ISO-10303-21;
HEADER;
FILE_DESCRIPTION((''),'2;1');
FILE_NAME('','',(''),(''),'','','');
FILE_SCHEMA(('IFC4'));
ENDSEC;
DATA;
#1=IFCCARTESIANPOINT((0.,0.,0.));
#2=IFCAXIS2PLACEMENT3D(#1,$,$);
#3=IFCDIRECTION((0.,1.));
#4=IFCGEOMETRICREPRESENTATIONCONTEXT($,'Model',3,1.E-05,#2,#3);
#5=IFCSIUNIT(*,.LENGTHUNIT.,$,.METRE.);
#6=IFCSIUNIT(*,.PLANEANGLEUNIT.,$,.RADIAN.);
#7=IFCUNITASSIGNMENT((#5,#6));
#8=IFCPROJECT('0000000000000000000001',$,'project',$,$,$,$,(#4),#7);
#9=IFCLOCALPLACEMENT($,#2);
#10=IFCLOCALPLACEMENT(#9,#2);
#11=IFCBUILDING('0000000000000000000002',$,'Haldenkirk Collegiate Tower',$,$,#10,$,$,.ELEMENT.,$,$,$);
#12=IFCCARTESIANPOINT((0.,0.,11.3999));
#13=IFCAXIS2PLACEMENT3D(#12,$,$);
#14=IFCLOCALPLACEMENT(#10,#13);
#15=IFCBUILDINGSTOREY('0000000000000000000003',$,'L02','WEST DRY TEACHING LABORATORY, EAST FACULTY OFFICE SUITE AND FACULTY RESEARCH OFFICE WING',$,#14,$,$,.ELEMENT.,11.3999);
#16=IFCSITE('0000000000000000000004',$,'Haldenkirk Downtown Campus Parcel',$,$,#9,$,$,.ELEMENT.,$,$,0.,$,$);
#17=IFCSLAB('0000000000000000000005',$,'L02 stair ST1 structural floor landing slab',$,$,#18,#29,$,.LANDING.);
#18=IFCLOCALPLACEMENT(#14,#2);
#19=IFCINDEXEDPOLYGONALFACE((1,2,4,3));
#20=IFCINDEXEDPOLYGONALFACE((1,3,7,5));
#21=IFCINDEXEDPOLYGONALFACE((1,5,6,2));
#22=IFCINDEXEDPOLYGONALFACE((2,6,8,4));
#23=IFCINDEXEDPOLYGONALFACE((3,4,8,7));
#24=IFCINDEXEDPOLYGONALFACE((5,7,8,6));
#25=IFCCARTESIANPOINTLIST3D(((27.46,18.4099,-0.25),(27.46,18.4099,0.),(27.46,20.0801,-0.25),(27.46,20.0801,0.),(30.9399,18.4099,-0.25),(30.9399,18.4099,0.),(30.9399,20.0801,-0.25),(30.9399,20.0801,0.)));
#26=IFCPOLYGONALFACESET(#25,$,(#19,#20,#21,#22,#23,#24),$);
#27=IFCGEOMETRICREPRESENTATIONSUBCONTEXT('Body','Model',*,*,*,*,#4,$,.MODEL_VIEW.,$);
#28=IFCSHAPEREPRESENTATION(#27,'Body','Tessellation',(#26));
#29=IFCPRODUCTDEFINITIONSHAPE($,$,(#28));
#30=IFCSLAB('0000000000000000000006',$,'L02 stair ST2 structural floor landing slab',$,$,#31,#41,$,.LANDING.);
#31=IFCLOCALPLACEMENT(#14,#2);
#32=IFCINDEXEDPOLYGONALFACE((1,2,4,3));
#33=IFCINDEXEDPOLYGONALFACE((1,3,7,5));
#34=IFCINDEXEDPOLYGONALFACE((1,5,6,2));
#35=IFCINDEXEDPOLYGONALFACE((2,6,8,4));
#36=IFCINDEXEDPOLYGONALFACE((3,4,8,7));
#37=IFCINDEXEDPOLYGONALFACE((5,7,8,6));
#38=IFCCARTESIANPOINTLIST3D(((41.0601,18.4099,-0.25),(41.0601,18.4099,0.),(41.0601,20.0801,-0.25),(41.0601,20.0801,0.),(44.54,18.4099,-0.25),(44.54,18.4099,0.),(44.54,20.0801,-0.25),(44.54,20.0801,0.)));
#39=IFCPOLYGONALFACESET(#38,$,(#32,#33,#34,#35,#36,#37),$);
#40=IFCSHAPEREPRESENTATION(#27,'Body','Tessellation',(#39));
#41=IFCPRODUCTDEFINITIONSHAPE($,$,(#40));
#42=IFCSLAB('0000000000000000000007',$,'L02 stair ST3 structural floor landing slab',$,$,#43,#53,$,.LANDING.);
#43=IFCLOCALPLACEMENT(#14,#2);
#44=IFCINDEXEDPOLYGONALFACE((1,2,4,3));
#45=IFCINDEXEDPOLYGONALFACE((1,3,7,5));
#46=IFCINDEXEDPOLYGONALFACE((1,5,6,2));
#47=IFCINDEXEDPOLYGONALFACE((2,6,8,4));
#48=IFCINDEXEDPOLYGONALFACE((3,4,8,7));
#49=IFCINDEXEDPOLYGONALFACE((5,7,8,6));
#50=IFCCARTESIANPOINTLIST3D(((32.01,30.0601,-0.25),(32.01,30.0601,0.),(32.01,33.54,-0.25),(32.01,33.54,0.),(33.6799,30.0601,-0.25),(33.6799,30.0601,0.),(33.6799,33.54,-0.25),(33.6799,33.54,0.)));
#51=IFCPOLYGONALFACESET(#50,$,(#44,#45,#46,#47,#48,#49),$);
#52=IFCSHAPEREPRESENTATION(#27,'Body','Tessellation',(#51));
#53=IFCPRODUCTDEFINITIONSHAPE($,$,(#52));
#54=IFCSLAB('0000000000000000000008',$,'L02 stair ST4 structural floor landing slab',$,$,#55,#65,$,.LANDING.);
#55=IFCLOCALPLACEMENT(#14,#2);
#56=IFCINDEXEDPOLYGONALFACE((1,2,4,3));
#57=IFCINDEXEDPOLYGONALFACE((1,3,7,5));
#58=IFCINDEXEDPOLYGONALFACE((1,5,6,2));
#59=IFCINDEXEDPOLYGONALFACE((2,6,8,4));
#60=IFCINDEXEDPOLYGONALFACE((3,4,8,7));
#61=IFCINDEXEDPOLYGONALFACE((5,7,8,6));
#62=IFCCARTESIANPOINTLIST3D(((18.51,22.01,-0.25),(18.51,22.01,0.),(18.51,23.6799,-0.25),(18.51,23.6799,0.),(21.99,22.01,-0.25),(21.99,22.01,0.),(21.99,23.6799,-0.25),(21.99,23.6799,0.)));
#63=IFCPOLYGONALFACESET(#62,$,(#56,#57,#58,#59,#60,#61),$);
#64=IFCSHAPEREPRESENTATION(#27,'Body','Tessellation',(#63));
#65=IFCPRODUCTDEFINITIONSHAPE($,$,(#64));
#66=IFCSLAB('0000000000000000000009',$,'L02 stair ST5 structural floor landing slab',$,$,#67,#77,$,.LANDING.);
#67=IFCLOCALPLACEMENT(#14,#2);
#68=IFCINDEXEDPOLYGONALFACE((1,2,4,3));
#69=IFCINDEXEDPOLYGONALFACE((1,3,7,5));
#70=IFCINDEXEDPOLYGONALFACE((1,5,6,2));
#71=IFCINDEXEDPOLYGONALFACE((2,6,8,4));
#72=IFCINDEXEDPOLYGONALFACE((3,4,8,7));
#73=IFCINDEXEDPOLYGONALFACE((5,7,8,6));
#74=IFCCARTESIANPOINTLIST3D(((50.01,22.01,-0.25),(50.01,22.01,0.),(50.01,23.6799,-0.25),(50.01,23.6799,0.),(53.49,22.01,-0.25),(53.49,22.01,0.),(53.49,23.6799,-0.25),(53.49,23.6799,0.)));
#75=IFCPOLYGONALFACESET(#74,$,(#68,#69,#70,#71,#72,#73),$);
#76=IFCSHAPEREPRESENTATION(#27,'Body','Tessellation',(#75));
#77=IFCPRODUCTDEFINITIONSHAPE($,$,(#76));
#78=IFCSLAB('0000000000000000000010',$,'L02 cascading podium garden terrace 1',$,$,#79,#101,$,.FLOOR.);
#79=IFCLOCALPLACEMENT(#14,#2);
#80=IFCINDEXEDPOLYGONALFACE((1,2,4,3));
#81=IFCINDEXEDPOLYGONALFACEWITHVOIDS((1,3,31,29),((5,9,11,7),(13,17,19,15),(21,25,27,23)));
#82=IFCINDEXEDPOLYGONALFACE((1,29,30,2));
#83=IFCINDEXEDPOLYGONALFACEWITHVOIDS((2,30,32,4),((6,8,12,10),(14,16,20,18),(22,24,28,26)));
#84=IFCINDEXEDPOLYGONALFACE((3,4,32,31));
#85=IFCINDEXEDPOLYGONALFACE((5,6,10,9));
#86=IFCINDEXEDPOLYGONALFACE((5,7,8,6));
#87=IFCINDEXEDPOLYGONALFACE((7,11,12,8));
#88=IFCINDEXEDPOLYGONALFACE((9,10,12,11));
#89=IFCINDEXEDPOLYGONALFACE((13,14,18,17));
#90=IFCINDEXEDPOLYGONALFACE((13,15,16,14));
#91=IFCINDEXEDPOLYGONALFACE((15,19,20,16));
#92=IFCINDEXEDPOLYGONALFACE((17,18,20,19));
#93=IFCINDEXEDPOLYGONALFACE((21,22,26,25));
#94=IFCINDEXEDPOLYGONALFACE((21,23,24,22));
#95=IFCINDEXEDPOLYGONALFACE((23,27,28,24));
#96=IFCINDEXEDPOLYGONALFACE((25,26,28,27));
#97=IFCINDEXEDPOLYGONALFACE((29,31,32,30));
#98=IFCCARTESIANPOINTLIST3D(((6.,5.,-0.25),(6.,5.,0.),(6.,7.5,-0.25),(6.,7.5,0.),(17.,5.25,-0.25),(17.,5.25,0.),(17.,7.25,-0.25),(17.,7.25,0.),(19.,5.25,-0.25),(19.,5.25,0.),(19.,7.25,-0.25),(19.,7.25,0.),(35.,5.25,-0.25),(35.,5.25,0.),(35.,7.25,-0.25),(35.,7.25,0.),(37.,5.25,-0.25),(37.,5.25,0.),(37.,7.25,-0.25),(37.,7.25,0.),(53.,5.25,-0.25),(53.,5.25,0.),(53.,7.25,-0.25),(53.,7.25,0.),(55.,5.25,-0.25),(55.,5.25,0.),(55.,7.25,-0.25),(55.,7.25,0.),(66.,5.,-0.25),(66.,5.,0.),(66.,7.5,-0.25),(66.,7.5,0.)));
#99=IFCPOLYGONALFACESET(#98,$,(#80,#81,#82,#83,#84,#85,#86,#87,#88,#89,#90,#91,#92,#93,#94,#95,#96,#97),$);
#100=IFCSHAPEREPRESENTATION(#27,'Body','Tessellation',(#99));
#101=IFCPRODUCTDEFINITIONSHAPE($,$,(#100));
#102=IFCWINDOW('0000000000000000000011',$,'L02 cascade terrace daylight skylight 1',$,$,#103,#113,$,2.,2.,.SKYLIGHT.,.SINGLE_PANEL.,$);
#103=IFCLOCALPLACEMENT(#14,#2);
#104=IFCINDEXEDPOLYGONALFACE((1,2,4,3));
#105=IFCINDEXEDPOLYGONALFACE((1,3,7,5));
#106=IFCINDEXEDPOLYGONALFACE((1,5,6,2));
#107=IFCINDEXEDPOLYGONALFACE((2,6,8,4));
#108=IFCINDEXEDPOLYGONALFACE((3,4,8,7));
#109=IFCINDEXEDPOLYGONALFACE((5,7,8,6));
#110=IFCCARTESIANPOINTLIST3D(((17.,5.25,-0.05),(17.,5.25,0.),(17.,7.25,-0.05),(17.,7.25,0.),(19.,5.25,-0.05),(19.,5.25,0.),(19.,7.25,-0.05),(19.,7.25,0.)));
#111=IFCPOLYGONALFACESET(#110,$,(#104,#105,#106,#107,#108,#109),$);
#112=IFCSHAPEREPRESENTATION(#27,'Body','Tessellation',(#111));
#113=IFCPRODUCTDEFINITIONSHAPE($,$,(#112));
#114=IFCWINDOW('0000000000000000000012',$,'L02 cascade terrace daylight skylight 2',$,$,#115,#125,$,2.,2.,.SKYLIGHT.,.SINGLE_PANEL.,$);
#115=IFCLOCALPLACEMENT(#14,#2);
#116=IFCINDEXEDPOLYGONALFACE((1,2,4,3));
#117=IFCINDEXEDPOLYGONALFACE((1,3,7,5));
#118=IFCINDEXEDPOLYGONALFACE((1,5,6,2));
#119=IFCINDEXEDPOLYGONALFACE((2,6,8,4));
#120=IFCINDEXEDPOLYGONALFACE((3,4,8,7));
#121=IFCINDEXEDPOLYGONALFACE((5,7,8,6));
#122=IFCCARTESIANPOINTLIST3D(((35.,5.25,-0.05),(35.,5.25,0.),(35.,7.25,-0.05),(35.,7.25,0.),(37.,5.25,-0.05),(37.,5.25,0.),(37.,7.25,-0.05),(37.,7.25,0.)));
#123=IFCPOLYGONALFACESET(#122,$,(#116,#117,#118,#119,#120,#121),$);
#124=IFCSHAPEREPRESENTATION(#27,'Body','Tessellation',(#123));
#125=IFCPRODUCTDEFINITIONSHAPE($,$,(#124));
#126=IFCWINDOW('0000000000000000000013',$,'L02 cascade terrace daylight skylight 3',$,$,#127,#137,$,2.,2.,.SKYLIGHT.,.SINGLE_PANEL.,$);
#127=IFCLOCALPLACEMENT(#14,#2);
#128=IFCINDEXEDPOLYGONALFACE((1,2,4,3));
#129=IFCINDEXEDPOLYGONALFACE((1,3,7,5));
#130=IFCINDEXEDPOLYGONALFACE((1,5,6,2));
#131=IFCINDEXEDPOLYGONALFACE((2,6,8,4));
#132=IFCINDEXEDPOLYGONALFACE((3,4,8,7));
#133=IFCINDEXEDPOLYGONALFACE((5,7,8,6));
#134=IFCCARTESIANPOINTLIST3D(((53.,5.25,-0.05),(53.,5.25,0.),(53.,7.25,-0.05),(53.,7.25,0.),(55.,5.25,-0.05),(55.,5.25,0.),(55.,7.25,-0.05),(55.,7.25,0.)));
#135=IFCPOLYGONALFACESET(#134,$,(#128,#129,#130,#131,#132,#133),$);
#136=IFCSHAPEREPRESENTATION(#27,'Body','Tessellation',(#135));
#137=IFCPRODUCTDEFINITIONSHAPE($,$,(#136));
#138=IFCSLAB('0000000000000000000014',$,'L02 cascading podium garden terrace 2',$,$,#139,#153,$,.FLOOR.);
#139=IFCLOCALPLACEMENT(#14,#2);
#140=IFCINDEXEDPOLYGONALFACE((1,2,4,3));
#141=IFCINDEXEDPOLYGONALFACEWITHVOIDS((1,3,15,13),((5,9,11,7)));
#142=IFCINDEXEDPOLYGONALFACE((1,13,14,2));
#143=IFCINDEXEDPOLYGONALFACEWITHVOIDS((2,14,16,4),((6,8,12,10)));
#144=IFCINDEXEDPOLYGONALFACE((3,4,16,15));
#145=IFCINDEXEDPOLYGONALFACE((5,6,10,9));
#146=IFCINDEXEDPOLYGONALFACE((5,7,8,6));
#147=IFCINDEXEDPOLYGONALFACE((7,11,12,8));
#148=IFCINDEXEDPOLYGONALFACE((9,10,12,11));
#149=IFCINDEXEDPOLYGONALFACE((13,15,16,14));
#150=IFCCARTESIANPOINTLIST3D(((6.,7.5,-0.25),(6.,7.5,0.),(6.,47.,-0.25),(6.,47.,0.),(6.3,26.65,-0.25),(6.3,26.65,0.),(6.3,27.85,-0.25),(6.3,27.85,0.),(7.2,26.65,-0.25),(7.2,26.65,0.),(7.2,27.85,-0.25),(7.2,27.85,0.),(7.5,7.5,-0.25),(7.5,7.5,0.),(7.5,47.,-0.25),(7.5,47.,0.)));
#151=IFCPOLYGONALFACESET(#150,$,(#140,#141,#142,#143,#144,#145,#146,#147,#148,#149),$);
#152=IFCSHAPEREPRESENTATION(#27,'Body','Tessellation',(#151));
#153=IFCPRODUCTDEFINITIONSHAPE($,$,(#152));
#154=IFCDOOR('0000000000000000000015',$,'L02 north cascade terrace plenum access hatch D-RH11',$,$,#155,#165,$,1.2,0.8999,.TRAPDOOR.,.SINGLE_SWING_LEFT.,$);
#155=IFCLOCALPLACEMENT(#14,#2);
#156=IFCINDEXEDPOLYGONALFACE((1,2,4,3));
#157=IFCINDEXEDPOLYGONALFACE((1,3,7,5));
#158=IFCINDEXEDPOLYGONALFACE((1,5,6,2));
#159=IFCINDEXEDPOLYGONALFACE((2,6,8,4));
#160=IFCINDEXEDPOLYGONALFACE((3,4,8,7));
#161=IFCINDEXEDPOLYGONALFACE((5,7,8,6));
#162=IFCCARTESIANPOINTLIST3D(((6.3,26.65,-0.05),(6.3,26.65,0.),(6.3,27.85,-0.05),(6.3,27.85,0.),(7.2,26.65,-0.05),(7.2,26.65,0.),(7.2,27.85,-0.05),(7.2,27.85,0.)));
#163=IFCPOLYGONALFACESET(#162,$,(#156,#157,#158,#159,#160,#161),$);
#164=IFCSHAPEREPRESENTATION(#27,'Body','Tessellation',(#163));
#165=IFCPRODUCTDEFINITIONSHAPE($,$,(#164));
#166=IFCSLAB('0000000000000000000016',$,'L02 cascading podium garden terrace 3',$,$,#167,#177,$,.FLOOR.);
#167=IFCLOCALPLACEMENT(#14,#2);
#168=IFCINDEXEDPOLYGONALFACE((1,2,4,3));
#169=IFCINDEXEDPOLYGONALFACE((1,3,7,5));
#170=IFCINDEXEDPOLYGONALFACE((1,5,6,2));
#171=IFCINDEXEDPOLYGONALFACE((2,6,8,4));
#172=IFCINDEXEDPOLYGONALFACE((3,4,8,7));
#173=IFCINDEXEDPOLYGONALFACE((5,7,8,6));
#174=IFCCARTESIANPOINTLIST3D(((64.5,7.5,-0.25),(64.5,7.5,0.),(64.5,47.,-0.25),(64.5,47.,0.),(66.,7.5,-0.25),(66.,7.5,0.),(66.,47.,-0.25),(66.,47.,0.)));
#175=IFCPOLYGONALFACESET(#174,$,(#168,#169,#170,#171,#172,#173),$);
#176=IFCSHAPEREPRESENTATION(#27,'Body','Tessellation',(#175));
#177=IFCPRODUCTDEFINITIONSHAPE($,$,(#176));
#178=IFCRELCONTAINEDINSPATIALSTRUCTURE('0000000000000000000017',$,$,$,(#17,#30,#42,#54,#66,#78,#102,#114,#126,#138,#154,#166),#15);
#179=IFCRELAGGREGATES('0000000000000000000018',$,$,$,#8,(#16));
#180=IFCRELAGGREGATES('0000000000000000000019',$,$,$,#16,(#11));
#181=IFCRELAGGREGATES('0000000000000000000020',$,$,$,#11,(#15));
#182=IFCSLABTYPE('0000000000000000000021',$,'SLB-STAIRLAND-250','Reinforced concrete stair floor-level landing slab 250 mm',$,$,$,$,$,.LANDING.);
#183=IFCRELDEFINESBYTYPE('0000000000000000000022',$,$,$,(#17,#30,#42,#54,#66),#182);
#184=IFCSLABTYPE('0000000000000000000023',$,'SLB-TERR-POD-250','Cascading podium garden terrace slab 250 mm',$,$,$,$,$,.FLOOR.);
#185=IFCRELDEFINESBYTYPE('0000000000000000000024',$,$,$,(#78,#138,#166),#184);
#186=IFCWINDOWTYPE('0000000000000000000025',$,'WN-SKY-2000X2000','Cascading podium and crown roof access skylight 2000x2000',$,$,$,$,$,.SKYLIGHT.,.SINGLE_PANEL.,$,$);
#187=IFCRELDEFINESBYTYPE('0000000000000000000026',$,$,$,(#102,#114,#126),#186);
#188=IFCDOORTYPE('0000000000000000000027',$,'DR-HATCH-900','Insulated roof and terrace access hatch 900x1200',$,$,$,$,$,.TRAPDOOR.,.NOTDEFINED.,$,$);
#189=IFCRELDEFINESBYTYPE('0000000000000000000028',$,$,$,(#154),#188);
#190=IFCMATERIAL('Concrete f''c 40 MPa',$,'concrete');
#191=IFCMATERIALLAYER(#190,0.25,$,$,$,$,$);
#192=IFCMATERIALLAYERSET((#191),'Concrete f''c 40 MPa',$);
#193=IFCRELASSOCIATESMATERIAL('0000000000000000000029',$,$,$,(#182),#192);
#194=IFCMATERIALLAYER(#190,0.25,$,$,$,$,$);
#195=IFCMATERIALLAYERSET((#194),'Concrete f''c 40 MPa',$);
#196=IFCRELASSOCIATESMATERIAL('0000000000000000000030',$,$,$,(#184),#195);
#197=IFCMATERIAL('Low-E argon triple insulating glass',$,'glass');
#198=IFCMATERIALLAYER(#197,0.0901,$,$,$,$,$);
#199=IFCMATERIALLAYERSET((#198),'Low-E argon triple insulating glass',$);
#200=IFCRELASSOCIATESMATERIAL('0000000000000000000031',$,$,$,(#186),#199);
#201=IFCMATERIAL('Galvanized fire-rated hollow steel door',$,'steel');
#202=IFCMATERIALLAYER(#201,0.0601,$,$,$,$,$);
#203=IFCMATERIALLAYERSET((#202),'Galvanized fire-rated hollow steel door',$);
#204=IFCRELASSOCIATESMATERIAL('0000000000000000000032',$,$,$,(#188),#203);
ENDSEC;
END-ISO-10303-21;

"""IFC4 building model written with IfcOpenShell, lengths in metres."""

from ifc_helpers import new_model, si_unit, direction, frame, origin, origin_2d, place, context, subcontext, project, spatial, polyline, rectangle, outline, extrude, material, layer, layer_set, type_object, element, fill, save


model = new_model("IFC4")

# Units and contexts
model_context = context("Model", 3, precision=1e-05, world=origin(), true_north=direction((0.0, 1.0)))
body_context = subcontext(model_context, "Body", "Model", "MODEL_VIEW")
ifc_project = project(units=[si_unit("LENGTHUNIT", "METRE"), si_unit("PLANEANGLEUNIT", "RADIAN")], contexts=[model_context])

# Site, building, storey
site_placement = place(None, origin())
site = spatial("IfcSite", under=ifc_project, at=site_placement, Name="Haldenkirk Downtown Campus Parcel", CompositionType="ELEMENT", RefElevation=0.0)
building_placement = place(site_placement, origin())
building = spatial("IfcBuilding", under=site, at=building_placement, Name="Haldenkirk Collegiate Tower", CompositionType="ELEMENT")
storey_placement = place(building_placement, frame((0.0, 0.0, 11.3999)))
storey = spatial("IfcBuildingStorey", under=building, at=storey_placement, Name="L02", Description="WEST DRY TEACHING LABORATORY, EAST FACULTY OFFICE SUITE AND FACULTY RESEARCH OFFICE WING", CompositionType="ELEMENT", Elevation=11.3999)

# Shared definitions
ifc_material_1 = material(Name="Concrete f'c 40 MPa", Category="concrete")

# Slabs
ifc_layer_1 = layer(ifc_material_1, 0.25)
ifc_layer_set_1 = layer_set([ifc_layer_1], Name="Concrete f'c 40 MPa")
slab_type_1 = type_object("IfcSlabType", Name="SLB-STAIRLAND-250", Description="Reinforced concrete stair floor-level landing slab 250 mm", PredefinedType="LANDING", material=ifc_layer_set_1)
slab_1_placement = place(storey_placement, frame((0.0, 0.0, -0.25)))
element("IfcSlab", 1, at=slab_1_placement, inside=storey, type_object=slab_type_1, Name="L02 stair ST1 structural floor landing slab", PredefinedType="LANDING", context=body_context, shape_type="SweptSolid", body=[
    extrude(outline(polyline([(27.46, 18.4099), (30.9399, 18.4099), (30.9399, 20.0801), (27.46, 20.0801), (27.46, 18.4099)])), origin(), (0.0, 0.0, 1.0), 0.25),
])
slab_2_placement = place(storey_placement, frame((0.0, 0.0, -0.25)))
element("IfcSlab", 2, at=slab_2_placement, inside=storey, type_object=slab_type_1, Name="L02 stair ST2 structural floor landing slab", PredefinedType="LANDING", context=body_context, shape_type="SweptSolid", body=[
    extrude(outline(polyline([(41.0601, 18.4099), (44.54, 18.4099), (44.54, 20.0801), (41.0601, 20.0801), (41.0601, 18.4099)])), origin(), (0.0, 0.0, 1.0), 0.25),
])
slab_3_placement = place(storey_placement, frame((0.0, 0.0, -0.25)))
element("IfcSlab", 3, at=slab_3_placement, inside=storey, type_object=slab_type_1, Name="L02 stair ST3 structural floor landing slab", PredefinedType="LANDING", context=body_context, shape_type="SweptSolid", body=[
    extrude(outline(polyline([(32.01, 30.0601), (33.6799, 30.0601), (33.6799, 33.54), (32.01, 33.54), (32.01, 30.0601)])), origin(), (0.0, 0.0, 1.0), 0.25),
])
slab_4_placement = place(storey_placement, frame((0.0, 0.0, -0.25)))
element("IfcSlab", 4, at=slab_4_placement, inside=storey, type_object=slab_type_1, Name="L02 stair ST4 structural floor landing slab", PredefinedType="LANDING", context=body_context, shape_type="SweptSolid", body=[
    extrude(outline(polyline([(18.51, 22.01), (21.99, 22.01), (21.99, 23.6799), (18.51, 23.6799), (18.51, 22.01)])), origin(), (0.0, 0.0, 1.0), 0.25),
])
slab_5_placement = place(storey_placement, frame((0.0, 0.0, -0.25)))
element("IfcSlab", 5, at=slab_5_placement, inside=storey, type_object=slab_type_1, Name="L02 stair ST5 structural floor landing slab", PredefinedType="LANDING", context=body_context, shape_type="SweptSolid", body=[
    extrude(outline(polyline([(50.01, 22.01), (53.49, 22.01), (53.49, 23.6799), (50.01, 23.6799), (50.01, 22.01)])), origin(), (0.0, 0.0, 1.0), 0.25),
])

# Slab, openings, windows
ifc_layer_2 = layer(ifc_material_1, 0.25)
ifc_layer_set_2 = layer_set([ifc_layer_2], Name="Concrete f'c 40 MPa")
slab_type_2 = type_object("IfcSlabType", Name="SLB-TERR-POD-250", Description="Cascading podium garden terrace slab 250 mm", PredefinedType="FLOOR", material=ifc_layer_set_2)
slab_6_placement = place(storey_placement, frame((0.0, 0.0, -0.25)))
slab_6 = element("IfcSlab", 6, at=slab_6_placement, inside=storey, type_object=slab_type_2, Name="L02 cascading podium garden terrace 1", PredefinedType="FLOOR", context=body_context, shape_type="SweptSolid", body=[
    extrude(outline(polyline([(6.0, 5.0), (66.0, 5.0), (66.0, 7.5), (6.0, 7.5), (6.0, 5.0)])), origin(), (0.0, 0.0, 1.0), 0.25),
])
opening_1_placement = place(slab_6_placement, frame((18.0, 6.25, -0.01)))
opening_1 = element("IfcOpeningElement", 7, at=opening_1_placement, cuts=slab_6, PredefinedType="OPENING", context=body_context, shape_type="SweptSolid", body=[
    extrude(rectangle(XDim=2.0, YDim=2.0, at=origin_2d()), origin(), (0.0, 0.0, 1.0), 0.27),
])
opening_2_placement = place(slab_6_placement, frame((36.0, 6.25, -0.01)))
opening_2 = element("IfcOpeningElement", 8, at=opening_2_placement, cuts=slab_6, PredefinedType="OPENING", context=body_context, shape_type="SweptSolid", body=[
    extrude(rectangle(XDim=2.0, YDim=2.0, at=origin_2d()), origin(), (0.0, 0.0, 1.0), 0.27),
])
opening_3_placement = place(slab_6_placement, frame((54.0, 6.25, -0.01)))
opening_3 = element("IfcOpeningElement", 9, at=opening_3_placement, cuts=slab_6, PredefinedType="OPENING", context=body_context, shape_type="SweptSolid", body=[
    extrude(rectangle(XDim=2.0, YDim=2.0, at=origin_2d()), origin(), (0.0, 0.0, 1.0), 0.27),
])
ifc_material_2 = material(Name="Low-E argon triple insulating glass", Category="glass")
ifc_layer_3 = layer(ifc_material_2, 0.0901)
ifc_layer_set_3 = layer_set([ifc_layer_3], Name="Low-E argon triple insulating glass")
window_type = type_object("IfcWindowType", Name="WN-SKY-2000X2000", Description="Cascading podium and crown roof access skylight 2000x2000", PartitioningType="SINGLE_PANEL", PredefinedType="SKYLIGHT", material=ifc_layer_set_3)
window_1_placement = place(slab_6_placement, frame((18.0, 6.25, 0.2)))
window_1 = element("IfcWindow", 10, at=window_1_placement, inside=storey, type_object=window_type, Name="L02 cascade terrace daylight skylight 1", OverallHeight=2.0, OverallWidth=2.0, PartitioningType="SINGLE_PANEL", PredefinedType="SKYLIGHT", context=body_context, shape_type="SweptSolid", body=[
    extrude(rectangle(XDim=2.0, YDim=2.0, at=origin_2d()), origin(), (0.0, 0.0, 1.0), 0.05),
])
fill(opening_1, window_1)
window_2_placement = place(slab_6_placement, frame((36.0, 6.25, 0.2)))
window_2 = element("IfcWindow", 11, at=window_2_placement, inside=storey, type_object=window_type, Name="L02 cascade terrace daylight skylight 2", OverallHeight=2.0, OverallWidth=2.0, PartitioningType="SINGLE_PANEL", PredefinedType="SKYLIGHT", context=body_context, shape_type="SweptSolid", body=[
    extrude(rectangle(XDim=2.0, YDim=2.0, at=origin_2d()), origin(), (0.0, 0.0, 1.0), 0.05),
])
fill(opening_2, window_2)
window_3_placement = place(slab_6_placement, frame((54.0, 6.25, 0.2)))
window_3 = element("IfcWindow", 12, at=window_3_placement, inside=storey, type_object=window_type, Name="L02 cascade terrace daylight skylight 3", OverallHeight=2.0, OverallWidth=2.0, PartitioningType="SINGLE_PANEL", PredefinedType="SKYLIGHT", context=body_context, shape_type="SweptSolid", body=[
    extrude(rectangle(XDim=2.0, YDim=2.0, at=origin_2d()), origin(), (0.0, 0.0, 1.0), 0.05),
])
fill(opening_3, window_3)

# Slab, opening, door
slab_7_placement = place(storey_placement, frame((0.0, 0.0, -0.25)))
slab_7 = element("IfcSlab", 13, at=slab_7_placement, inside=storey, type_object=slab_type_2, Name="L02 cascading podium garden terrace 2", PredefinedType="FLOOR", context=body_context, shape_type="SweptSolid", body=[
    extrude(outline(polyline([(6.0, 7.5), (7.5, 7.5), (7.5, 47.0), (6.0, 47.0), (6.0, 7.5)])), origin(), (0.0, 0.0, 1.0), 0.25),
])
opening_4_placement = place(slab_7_placement, frame((6.75, 27.25, -0.01)))
opening_4 = element("IfcOpeningElement", 14, at=opening_4_placement, cuts=slab_7, PredefinedType="OPENING", context=body_context, shape_type="SweptSolid", body=[
    extrude(rectangle(XDim=0.8999, YDim=1.2, at=origin_2d()), origin(), (0.0, 0.0, 1.0), 0.27),
])
ifc_material_3 = material(Name="Galvanized fire-rated hollow steel door", Category="steel")
ifc_layer_4 = layer(ifc_material_3, 0.0601)
ifc_layer_set_4 = layer_set([ifc_layer_4], Name="Galvanized fire-rated hollow steel door")
door_type = type_object("IfcDoorType", Name="DR-HATCH-900", Description="Insulated roof and terrace access hatch 900x1200", OperationType="NOTDEFINED", PredefinedType="TRAPDOOR", material=ifc_layer_set_4)
door_placement = place(slab_7_placement, frame((6.75, 27.25, 0.2)))
door = element("IfcDoor", 15, at=door_placement, inside=storey, type_object=door_type, Name="L02 north cascade terrace plenum access hatch D-RH11", OperationType="SINGLE_SWING_LEFT", OverallHeight=1.2, OverallWidth=0.8999, PredefinedType="TRAPDOOR", context=body_context, shape_type="SweptSolid", body=[
    extrude(rectangle(XDim=0.8999, YDim=1.2, at=origin_2d()), origin(), (0.0, 0.0, 1.0), 0.05),
])
fill(opening_4, door)

# Slab
slab_8_placement = place(storey_placement, frame((0.0, 0.0, -0.25)))
element("IfcSlab", 16, at=slab_8_placement, inside=storey, type_object=slab_type_2, Name="L02 cascading podium garden terrace 3", PredefinedType="FLOOR", context=body_context, shape_type="SweptSolid", body=[
    extrude(outline(polyline([(64.5, 7.5), (66.0, 7.5), (66.0, 47.0), (64.5, 47.0), (64.5, 7.5)])), origin(), (0.0, 0.0, 1.0), 0.25),
])

save(model, "model.ifc")
